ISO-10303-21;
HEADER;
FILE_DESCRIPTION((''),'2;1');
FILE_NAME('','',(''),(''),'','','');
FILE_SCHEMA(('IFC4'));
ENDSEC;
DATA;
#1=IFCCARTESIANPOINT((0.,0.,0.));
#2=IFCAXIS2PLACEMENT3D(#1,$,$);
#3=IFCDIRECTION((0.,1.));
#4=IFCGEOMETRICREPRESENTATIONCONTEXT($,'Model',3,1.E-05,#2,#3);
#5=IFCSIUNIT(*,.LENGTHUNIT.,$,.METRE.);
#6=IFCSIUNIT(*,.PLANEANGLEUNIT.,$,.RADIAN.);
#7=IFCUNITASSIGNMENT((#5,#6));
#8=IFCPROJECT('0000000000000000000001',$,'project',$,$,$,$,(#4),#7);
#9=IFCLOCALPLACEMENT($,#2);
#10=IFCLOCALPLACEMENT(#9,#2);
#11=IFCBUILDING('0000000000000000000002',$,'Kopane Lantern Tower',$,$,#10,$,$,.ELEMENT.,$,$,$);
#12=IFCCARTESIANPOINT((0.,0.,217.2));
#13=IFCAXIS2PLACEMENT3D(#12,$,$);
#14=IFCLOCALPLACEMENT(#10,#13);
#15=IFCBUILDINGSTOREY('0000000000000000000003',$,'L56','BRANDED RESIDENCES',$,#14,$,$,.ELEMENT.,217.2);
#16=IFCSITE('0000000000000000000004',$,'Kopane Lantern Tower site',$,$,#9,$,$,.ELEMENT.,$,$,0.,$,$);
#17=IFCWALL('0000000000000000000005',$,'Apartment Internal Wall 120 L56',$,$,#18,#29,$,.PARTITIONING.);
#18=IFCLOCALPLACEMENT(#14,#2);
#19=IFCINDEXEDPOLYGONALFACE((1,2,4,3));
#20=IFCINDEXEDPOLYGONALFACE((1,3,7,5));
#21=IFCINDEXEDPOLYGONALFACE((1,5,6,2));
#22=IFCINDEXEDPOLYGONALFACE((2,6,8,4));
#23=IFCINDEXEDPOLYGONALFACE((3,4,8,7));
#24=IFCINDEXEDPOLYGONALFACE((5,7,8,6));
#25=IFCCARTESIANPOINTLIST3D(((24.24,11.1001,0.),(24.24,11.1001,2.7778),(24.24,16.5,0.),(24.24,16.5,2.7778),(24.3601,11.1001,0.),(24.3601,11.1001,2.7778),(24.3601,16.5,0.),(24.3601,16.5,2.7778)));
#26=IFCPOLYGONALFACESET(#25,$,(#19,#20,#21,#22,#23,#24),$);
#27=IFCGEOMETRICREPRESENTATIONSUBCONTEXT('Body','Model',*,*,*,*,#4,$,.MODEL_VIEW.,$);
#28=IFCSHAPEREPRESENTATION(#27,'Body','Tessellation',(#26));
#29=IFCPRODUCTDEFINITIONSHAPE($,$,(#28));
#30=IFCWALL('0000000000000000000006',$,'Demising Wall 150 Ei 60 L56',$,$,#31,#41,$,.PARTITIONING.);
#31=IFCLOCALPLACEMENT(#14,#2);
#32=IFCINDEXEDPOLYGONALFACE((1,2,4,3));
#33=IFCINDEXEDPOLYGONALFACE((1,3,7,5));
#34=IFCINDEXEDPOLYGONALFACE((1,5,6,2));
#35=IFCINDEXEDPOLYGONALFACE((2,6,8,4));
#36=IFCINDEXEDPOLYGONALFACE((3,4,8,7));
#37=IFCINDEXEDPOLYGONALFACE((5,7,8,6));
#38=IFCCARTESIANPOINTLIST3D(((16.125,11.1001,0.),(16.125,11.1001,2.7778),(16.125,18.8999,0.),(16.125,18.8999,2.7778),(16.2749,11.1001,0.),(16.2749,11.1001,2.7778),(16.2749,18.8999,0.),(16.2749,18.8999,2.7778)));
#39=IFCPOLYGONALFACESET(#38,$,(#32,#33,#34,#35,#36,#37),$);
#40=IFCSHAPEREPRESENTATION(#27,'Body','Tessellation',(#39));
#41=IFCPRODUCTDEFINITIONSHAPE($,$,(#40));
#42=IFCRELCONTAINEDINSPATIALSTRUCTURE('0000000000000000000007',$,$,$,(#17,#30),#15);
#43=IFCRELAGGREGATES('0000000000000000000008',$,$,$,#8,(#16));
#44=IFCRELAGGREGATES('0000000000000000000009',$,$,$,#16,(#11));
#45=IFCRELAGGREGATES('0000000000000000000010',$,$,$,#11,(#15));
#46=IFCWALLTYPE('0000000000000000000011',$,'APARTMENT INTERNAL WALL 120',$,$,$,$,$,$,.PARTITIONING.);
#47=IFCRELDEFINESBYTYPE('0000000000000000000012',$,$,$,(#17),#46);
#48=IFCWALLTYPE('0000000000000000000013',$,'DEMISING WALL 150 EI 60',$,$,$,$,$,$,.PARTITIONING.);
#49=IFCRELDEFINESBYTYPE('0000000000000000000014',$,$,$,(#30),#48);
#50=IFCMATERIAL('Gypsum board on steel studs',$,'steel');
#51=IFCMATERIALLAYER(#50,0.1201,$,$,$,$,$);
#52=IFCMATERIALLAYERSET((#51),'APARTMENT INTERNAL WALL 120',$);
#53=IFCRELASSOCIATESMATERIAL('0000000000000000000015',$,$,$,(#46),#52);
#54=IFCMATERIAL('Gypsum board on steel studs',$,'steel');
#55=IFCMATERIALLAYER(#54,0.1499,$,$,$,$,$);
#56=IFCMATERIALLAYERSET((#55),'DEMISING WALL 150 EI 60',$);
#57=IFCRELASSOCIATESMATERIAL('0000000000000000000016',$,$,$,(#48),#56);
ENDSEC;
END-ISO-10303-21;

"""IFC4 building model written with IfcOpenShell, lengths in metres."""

from ifc_helpers import new_model, si_unit, direction, frame, frame_2d, origin, place, context, subcontext, project, spatial, rectangle, extrude, material, layer, layer_set, type_object, element, save


model = new_model("IFC4")

# Units and contexts
model_context = context("Model", 3, precision=1e-05, world=origin(), true_north=direction((0.0, 1.0)))
body_context = subcontext(model_context, "Body", "Model", "MODEL_VIEW")
ifc_project = project(units=[si_unit("LENGTHUNIT", "METRE"), si_unit("PLANEANGLEUNIT", "RADIAN")], contexts=[model_context])

# Site, building, storey
site_placement = place(None, origin())
site = spatial("IfcSite", under=ifc_project, at=site_placement, Name="Kopane Lantern Tower site", CompositionType="ELEMENT", RefElevation=0.0)
building_placement = place(site_placement, origin())
building = spatial("IfcBuilding", under=site, at=building_placement, Name="Kopane Lantern Tower", CompositionType="ELEMENT")
storey_placement = place(building_placement, frame((0.0, 0.0, 217.2)))
storey = spatial("IfcBuildingStorey", under=building, at=storey_placement, Name="L56", Description="BRANDED RESIDENCES", CompositionType="ELEMENT", Elevation=217.2)

# Walls
ifc_material_1 = material(Name="Gypsum board on steel studs", Category="steel")
ifc_layer_1 = layer(ifc_material_1, 0.1201)
ifc_layer_set_1 = layer_set([ifc_layer_1], Name="APARTMENT INTERNAL WALL 120")
wall_type_1 = type_object("IfcWallType", Name="APARTMENT INTERNAL WALL 120", PredefinedType="PARTITIONING", material=ifc_layer_set_1)
wall_1_placement = place(storey_placement, frame((24.3, 16.5, 0.0), z_axis=(0.0, 0.0, 1.0), x_axis=(0.0, -1.0, 0.0)))
element("IfcWall", 1, at=wall_1_placement, inside=storey, type_object=wall_type_1, Name="Apartment Internal Wall 120 L56", PredefinedType="PARTITIONING", context=body_context, shape_type="SweptSolid", body=[
    extrude(rectangle(XDim=5.3999, YDim=0.1201, at=frame_2d((2.7, 0.0))), origin(), (0.0, 0.0, 1.0), 2.7778),
])
ifc_material_2 = material(Name="Gypsum board on steel studs", Category="steel")
ifc_layer_2 = layer(ifc_material_2, 0.1499)
ifc_layer_set_2 = layer_set([ifc_layer_2], Name="DEMISING WALL 150 EI 60")
wall_type_2 = type_object("IfcWallType", Name="DEMISING WALL 150 EI 60", PredefinedType="PARTITIONING", material=ifc_layer_set_2)
wall_2_placement = place(storey_placement, frame((16.2, 18.8999, 0.0), z_axis=(0.0, 0.0, 1.0), x_axis=(0.0, -1.0, 0.0)))
element("IfcWall", 2, at=wall_2_placement, inside=storey, type_object=wall_type_2, Name="Demising Wall 150 Ei 60 L56", PredefinedType="PARTITIONING", context=body_context, shape_type="SweptSolid", body=[
    extrude(rectangle(XDim=7.7998, YDim=0.1499, at=frame_2d((3.8999, 0.0))), origin(), (0.0, 0.0, 1.0), 2.7778),
])

save(model, "model.ifc")
